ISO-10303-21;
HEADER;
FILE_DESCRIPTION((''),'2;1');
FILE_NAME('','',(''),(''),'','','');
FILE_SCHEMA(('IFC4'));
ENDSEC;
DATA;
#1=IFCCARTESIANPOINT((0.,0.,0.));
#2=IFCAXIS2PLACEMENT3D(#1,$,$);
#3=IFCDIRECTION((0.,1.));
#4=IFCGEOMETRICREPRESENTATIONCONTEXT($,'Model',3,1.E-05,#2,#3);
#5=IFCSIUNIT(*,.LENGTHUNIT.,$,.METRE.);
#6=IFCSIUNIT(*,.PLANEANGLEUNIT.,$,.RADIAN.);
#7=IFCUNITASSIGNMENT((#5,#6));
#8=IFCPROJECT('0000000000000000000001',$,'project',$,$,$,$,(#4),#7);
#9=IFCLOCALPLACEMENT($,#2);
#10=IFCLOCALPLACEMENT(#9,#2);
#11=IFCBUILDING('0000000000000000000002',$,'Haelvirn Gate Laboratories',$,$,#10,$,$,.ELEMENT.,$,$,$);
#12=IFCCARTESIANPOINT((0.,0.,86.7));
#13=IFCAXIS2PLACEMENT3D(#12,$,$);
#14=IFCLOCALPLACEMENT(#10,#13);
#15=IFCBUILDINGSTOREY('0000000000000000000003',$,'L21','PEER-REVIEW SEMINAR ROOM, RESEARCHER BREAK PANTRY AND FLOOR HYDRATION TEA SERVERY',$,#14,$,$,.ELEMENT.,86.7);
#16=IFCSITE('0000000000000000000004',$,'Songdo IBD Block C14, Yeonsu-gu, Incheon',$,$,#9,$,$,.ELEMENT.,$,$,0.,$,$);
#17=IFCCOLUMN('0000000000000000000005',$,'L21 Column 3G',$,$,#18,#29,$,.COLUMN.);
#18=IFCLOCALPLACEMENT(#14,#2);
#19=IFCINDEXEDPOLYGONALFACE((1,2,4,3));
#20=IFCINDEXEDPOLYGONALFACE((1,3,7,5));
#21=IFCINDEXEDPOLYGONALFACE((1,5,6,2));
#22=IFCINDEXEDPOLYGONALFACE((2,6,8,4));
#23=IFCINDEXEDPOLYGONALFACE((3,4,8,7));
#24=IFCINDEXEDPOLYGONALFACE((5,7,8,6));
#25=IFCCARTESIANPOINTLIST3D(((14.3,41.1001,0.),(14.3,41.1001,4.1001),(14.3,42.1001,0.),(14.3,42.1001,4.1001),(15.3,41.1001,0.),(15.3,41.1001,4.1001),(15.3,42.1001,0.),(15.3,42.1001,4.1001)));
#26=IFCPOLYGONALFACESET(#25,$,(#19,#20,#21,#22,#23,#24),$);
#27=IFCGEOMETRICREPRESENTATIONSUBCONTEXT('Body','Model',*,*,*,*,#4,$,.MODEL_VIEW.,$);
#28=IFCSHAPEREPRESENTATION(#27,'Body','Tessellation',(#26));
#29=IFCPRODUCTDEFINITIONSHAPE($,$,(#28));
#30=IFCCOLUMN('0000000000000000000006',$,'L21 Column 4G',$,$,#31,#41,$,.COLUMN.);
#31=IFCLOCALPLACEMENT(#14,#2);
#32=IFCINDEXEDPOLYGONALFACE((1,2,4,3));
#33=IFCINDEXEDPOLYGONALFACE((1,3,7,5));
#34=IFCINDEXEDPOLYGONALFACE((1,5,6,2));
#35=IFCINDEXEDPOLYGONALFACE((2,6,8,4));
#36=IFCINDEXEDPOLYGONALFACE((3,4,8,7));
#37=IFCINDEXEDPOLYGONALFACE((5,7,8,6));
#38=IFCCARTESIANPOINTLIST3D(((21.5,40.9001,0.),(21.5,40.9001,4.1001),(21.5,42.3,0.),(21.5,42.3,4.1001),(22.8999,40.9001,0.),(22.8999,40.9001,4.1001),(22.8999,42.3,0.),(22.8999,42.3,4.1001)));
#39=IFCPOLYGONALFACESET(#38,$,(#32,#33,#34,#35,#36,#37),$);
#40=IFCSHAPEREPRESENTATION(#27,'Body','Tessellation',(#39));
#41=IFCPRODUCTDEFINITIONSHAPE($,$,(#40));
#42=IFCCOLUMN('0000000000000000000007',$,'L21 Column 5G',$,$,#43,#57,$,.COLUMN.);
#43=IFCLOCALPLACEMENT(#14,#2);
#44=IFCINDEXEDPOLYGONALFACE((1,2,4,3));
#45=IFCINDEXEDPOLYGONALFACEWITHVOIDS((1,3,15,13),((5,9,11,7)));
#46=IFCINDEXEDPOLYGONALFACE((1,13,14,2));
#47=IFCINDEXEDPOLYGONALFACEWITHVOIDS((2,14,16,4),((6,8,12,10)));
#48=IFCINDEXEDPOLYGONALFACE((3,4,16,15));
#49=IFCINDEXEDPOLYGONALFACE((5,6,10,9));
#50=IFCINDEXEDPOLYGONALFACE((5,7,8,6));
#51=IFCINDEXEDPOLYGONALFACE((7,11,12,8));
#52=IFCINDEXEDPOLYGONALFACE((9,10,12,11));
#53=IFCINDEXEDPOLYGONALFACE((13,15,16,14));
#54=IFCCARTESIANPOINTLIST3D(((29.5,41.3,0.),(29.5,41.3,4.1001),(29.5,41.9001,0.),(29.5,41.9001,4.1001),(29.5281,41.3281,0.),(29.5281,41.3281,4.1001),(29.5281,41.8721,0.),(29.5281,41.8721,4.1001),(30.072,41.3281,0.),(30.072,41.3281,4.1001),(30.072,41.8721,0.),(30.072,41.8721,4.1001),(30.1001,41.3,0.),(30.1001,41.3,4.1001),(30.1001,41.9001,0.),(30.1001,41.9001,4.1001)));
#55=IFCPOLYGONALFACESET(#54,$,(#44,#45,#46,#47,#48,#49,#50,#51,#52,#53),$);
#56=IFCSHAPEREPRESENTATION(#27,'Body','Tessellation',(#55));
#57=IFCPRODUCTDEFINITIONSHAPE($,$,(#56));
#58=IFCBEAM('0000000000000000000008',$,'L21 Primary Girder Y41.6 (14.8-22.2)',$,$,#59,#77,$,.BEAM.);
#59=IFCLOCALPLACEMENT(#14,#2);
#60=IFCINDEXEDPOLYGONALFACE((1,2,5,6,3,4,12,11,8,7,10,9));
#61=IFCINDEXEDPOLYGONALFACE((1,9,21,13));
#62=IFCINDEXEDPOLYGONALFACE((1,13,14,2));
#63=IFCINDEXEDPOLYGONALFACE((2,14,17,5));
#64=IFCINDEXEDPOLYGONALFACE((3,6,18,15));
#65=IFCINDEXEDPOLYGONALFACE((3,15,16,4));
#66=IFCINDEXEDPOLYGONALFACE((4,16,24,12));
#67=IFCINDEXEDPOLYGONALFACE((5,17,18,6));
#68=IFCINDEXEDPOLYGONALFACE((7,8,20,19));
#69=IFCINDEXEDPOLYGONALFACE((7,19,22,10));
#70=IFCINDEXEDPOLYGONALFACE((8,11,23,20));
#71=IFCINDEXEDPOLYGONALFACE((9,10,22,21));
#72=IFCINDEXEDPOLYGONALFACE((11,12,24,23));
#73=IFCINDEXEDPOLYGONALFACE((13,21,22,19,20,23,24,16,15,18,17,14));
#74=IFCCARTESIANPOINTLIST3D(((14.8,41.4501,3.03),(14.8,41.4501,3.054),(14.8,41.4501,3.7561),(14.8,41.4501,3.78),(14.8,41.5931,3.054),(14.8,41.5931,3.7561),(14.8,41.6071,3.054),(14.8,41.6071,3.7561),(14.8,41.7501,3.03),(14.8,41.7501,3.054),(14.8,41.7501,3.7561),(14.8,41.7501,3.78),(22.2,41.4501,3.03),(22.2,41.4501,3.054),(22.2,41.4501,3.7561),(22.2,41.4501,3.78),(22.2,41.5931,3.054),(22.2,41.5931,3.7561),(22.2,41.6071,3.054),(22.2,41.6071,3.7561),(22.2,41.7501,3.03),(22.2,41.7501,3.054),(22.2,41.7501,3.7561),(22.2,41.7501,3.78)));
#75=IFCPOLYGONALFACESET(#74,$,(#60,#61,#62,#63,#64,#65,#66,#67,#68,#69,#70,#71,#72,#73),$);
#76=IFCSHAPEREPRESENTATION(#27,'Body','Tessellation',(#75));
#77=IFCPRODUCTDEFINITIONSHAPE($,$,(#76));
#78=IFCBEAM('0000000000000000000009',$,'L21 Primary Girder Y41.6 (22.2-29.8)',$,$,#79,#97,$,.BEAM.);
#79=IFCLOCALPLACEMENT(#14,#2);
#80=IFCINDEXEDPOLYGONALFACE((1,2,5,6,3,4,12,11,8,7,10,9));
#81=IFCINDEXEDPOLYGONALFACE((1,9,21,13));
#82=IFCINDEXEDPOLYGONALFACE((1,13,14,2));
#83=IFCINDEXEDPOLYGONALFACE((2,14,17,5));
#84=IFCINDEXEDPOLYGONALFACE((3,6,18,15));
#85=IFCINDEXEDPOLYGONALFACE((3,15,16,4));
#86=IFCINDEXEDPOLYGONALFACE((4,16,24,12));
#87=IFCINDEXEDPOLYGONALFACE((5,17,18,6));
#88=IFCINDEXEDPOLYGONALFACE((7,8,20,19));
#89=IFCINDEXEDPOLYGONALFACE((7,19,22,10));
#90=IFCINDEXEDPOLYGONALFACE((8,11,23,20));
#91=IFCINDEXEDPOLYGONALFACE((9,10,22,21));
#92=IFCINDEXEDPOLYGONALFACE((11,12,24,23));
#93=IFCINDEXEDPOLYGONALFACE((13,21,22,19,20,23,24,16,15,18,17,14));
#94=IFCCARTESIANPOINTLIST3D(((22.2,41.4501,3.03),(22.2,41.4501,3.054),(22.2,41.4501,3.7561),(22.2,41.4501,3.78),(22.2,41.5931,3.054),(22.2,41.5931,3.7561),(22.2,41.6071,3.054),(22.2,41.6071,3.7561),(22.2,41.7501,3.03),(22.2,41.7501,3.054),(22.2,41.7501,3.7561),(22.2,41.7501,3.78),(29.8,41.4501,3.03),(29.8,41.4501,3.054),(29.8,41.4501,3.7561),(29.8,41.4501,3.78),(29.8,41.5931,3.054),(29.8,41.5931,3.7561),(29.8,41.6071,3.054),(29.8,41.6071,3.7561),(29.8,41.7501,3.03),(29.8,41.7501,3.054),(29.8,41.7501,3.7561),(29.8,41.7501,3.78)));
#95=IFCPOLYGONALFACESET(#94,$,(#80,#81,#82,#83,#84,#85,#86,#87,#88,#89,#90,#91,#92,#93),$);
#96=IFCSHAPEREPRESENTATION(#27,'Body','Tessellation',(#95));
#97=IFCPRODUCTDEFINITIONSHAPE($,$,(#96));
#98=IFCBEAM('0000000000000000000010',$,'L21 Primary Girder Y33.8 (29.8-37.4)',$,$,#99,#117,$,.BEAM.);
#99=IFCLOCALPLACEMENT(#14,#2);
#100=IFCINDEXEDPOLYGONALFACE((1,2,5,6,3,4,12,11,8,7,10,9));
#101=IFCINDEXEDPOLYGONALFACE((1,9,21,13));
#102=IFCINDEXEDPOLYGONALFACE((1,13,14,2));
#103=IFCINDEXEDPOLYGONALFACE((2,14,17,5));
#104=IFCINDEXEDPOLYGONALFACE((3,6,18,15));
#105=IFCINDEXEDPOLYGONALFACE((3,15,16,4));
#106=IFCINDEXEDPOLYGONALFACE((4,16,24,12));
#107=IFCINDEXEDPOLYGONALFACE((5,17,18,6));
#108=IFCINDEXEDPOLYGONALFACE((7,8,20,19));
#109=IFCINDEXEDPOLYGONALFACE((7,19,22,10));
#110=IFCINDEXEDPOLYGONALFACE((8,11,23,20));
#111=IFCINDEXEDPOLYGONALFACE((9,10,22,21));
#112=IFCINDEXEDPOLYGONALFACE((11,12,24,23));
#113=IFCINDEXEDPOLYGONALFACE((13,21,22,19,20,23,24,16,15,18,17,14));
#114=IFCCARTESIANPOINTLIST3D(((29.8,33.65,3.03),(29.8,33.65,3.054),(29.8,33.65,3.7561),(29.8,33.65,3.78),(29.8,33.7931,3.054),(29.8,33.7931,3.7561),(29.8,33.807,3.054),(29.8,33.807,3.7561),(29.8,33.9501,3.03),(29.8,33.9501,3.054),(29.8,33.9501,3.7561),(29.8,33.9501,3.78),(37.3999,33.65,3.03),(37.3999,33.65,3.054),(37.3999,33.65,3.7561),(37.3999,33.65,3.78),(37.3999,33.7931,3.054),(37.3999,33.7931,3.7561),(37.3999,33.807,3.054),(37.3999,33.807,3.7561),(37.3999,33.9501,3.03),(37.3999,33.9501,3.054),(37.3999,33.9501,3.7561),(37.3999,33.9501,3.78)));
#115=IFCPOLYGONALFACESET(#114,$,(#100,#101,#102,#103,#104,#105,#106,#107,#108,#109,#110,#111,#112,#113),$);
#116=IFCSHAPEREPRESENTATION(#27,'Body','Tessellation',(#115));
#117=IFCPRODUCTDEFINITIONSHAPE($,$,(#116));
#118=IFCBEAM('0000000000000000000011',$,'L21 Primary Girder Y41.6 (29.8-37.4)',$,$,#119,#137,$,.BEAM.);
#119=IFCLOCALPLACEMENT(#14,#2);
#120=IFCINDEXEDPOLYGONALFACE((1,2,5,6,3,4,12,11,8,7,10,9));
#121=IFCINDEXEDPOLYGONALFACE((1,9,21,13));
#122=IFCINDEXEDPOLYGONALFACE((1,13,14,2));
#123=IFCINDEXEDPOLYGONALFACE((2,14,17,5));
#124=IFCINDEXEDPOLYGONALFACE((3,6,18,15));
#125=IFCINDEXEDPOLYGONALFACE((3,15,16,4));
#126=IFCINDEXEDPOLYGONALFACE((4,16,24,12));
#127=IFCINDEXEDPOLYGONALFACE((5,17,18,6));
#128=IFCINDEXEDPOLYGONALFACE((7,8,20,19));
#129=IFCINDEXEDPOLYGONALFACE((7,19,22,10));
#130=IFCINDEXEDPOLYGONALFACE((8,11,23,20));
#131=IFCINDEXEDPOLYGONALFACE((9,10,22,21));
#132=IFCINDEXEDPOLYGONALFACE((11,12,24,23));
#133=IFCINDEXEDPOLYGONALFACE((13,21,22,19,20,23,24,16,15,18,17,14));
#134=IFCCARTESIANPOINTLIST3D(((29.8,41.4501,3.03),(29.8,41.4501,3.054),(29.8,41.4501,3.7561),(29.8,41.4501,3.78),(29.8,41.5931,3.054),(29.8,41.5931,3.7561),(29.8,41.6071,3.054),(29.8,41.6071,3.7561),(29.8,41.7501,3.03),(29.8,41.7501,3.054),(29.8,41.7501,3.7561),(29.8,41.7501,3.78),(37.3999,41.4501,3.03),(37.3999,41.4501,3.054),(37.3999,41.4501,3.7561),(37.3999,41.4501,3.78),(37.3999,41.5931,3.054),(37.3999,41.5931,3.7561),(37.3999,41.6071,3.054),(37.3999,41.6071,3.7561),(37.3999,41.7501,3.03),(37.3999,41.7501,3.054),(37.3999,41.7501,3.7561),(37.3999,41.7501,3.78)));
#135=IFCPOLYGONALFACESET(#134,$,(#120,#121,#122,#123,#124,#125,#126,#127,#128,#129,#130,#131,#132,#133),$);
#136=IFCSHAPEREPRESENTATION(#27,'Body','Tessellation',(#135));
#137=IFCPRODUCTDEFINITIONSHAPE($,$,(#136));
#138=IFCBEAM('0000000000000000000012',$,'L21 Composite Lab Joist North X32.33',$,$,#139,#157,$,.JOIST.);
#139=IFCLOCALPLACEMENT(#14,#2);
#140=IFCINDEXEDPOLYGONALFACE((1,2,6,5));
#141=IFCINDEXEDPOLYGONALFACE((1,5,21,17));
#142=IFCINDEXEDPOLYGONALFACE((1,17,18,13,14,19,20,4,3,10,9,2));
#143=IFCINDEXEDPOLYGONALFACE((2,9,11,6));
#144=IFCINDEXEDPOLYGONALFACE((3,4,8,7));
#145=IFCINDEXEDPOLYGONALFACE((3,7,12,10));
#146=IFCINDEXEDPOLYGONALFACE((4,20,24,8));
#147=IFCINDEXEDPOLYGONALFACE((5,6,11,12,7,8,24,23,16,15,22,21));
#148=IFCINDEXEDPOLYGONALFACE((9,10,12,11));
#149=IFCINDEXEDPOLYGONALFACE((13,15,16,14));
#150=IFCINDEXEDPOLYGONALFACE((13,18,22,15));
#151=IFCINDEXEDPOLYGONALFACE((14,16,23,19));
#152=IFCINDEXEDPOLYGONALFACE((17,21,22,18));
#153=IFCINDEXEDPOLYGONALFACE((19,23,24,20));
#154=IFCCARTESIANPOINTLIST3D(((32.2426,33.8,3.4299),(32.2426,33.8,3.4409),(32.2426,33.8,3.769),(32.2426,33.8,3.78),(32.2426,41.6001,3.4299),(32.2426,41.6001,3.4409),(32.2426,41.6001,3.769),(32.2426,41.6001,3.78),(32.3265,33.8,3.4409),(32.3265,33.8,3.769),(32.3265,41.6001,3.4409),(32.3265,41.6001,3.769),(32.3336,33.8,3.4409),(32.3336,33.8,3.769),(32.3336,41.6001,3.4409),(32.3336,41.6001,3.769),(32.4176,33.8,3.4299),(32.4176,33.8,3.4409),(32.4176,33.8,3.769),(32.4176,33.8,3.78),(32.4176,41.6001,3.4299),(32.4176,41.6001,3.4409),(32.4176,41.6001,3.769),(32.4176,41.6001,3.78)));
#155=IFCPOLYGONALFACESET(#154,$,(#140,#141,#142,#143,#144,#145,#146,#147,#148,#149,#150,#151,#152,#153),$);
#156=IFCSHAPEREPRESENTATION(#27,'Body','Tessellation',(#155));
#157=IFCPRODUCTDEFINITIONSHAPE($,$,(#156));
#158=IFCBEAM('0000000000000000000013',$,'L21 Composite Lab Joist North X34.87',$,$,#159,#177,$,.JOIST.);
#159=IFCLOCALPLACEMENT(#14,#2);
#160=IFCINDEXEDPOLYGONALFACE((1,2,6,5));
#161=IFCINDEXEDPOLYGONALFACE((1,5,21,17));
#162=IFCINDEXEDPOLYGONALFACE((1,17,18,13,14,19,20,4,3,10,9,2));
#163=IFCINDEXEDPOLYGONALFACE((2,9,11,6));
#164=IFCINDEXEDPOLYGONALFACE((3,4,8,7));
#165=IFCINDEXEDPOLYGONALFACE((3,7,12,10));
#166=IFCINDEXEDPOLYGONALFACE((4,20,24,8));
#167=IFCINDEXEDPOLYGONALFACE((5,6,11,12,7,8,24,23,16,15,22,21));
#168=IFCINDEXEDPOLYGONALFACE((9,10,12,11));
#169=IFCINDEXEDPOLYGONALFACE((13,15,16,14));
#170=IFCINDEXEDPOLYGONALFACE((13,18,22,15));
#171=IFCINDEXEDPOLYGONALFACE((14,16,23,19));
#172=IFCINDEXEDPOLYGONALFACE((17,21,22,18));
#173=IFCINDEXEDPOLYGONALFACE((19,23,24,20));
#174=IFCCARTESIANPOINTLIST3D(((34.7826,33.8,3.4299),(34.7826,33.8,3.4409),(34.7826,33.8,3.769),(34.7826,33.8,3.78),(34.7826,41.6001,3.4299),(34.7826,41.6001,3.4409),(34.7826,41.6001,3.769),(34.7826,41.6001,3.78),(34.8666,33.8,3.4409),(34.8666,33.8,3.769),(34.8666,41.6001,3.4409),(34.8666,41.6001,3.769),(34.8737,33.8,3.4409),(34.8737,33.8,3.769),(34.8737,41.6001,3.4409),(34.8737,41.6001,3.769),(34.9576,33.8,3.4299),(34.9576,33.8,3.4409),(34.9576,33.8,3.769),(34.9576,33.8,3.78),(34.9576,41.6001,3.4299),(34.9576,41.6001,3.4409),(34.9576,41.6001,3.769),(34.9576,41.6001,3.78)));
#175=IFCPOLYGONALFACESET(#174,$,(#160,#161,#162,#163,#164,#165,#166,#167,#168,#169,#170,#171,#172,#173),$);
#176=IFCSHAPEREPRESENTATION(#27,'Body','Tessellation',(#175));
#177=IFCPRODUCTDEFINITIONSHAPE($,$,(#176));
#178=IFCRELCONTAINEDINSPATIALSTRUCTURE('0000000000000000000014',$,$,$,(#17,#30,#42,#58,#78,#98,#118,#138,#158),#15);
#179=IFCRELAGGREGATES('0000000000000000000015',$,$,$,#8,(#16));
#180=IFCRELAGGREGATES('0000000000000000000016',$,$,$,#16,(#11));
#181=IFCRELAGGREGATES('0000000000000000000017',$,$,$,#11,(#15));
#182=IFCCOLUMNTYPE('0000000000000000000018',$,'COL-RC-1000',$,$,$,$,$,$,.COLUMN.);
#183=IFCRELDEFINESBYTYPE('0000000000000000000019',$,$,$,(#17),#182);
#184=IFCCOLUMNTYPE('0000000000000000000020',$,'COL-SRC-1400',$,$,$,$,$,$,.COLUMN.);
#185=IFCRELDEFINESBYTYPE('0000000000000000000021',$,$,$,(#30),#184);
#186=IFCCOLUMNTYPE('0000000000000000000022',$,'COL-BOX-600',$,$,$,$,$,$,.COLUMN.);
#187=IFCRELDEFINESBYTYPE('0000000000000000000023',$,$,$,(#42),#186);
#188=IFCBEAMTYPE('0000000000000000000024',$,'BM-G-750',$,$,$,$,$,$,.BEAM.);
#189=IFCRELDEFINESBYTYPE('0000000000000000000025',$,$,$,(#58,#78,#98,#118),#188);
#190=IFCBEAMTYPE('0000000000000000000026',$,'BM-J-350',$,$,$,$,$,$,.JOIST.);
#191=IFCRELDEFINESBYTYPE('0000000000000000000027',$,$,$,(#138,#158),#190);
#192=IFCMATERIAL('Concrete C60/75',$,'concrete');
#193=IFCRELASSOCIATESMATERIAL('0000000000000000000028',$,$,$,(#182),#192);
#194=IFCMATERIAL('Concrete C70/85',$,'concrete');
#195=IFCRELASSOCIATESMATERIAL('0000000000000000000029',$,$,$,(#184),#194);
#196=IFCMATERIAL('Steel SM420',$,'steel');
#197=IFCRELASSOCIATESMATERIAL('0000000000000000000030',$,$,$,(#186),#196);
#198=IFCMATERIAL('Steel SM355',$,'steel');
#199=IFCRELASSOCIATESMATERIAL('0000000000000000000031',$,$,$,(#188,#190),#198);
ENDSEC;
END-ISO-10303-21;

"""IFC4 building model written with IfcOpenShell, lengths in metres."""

from ifc_helpers import new_model, si_unit, direction, frame, origin, origin_2d, place, context, subcontext, project, spatial, rectangle, hollow_rectangle, i_section, extrude, source, transform, mapped, material, material_profile, profile_set, type_object, type_shapes, element, save


model = new_model("IFC4")

# Units and contexts
model_context = context("Model", 3, precision=1e-05, world=origin(), true_north=direction((0.0, 1.0)))
body_context = subcontext(model_context, "Body", "Model", "MODEL_VIEW")
ifc_project = project(units=[si_unit("LENGTHUNIT", "METRE"), si_unit("PLANEANGLEUNIT", "RADIAN")], contexts=[model_context])

# Site, building, storey
site_placement = place(None, origin())
site = spatial("IfcSite", under=ifc_project, at=site_placement, Name="Songdo IBD Block C14, Yeonsu-gu, Incheon", CompositionType="ELEMENT", RefElevation=0.0)
building_placement = place(site_placement, origin())
building = spatial("IfcBuilding", under=site, at=building_placement, Name="Haelvirn Gate Laboratories", CompositionType="ELEMENT")
storey_placement = place(building_placement, frame((0.0, 0.0, 86.7)))
storey = spatial("IfcBuildingStorey", under=building, at=storey_placement, Name="L21", Description="PEER-REVIEW SEMINAR ROOM, RESEARCHER BREAK PANTRY AND FLOOR HYDRATION TEA SERVERY", CompositionType="ELEMENT", Elevation=86.7)

# Columns
ifc_material_1 = material(Name="Concrete C60/75", Category="concrete")
ifc_material_profile_1 = material_profile(ifc_material_1, rectangle(XDim=1.0, YDim=1.0, at=origin_2d()), Name="RC-1000x1000")
ifc_profile_set_1 = profile_set([ifc_material_profile_1], Name="Concrete C60/75")
column_type_1 = type_object("IfcColumnType", Name="COL-RC-1000", PredefinedType="COLUMN", material=ifc_profile_set_1)
shared_shape_1 = source(origin(), body_context, "Body", "SweptSolid", [
    extrude(rectangle(XDim=1.0, YDim=1.0, at=origin_2d()), origin(), (0.0, 0.0, 1.0), 4.1001),
])
type_shapes(column_type_1, [shared_shape_1])
column_1_placement = place(storey_placement, frame((14.8, 41.6001, 0.0), z_axis=(0.0, 0.0, 1.0), x_axis=(1.0, 0.0, 0.0)))
element("IfcColumn", 1, at=column_1_placement, inside=storey, type_object=column_type_1, Name="L21 Column 3G", PredefinedType="COLUMN", context=body_context, shape_type="MappedRepresentation", body=[
    mapped(shared_shape_1, transform((0.0, 0.0, 0.0), scale=1.0)),
])
ifc_material_2 = material(Name="Concrete C70/85", Category="concrete")
ifc_material_profile_2 = material_profile(ifc_material_2, rectangle(XDim=1.3999, YDim=1.3999, at=origin_2d()), Name="SRC-1400x1400")
ifc_profile_set_2 = profile_set([ifc_material_profile_2], Name="Concrete C70/85")
column_type_2 = type_object("IfcColumnType", Name="COL-SRC-1400", PredefinedType="COLUMN", material=ifc_profile_set_2)
shared_shape_2 = source(origin(), body_context, "Body", "SweptSolid", [
    extrude(rectangle(XDim=1.3999, YDim=1.3999, at=origin_2d()), origin(), (0.0, 0.0, 1.0), 4.1001),
])
type_shapes(column_type_2, [shared_shape_2])
column_2_placement = place(storey_placement, frame((22.2, 41.6001, 0.0), z_axis=(0.0, 0.0, 1.0), x_axis=(1.0, 0.0, 0.0)))
element("IfcColumn", 2, at=column_2_placement, inside=storey, type_object=column_type_2, Name="L21 Column 4G", PredefinedType="COLUMN", context=body_context, shape_type="MappedRepresentation", body=[
    mapped(shared_shape_2, transform((0.0, 0.0, 0.0), scale=1.0)),
])
ifc_material_3 = material(Name="Steel SM420", Category="steel")
ifc_material_profile_3 = material_profile(ifc_material_3, hollow_rectangle(XDim=0.6001, YDim=0.6001, WallThickness=0.0281, at=origin_2d()), Name="BOX-600x600x28")
ifc_profile_set_3 = profile_set([ifc_material_profile_3], Name="Steel SM420")
column_type_3 = type_object("IfcColumnType", Name="COL-BOX-600", PredefinedType="COLUMN", material=ifc_profile_set_3)
shared_shape_3 = source(origin(), body_context, "Body", "SweptSolid", [
    extrude(hollow_rectangle(XDim=0.6001, YDim=0.6001, WallThickness=0.0281, at=origin_2d()), origin(), (0.0, 0.0, 1.0), 4.1001),
])
type_shapes(column_type_3, [shared_shape_3])
column_3_placement = place(storey_placement, frame((29.8, 41.6001, 0.0), z_axis=(0.0, 0.0, 1.0), x_axis=(1.0, 0.0, 0.0)))
element("IfcColumn", 3, at=column_3_placement, inside=storey, type_object=column_type_3, Name="L21 Column 5G", PredefinedType="COLUMN", context=body_context, shape_type="MappedRepresentation", body=[
    mapped(shared_shape_3, transform((0.0, 0.0, 0.0), scale=1.0)),
])

# Beams
ifc_material_4 = material(Name="Steel SM355", Category="steel")
ifc_material_profile_4 = material_profile(ifc_material_4, i_section(OverallWidth=0.3, OverallDepth=0.75, WebThickness=0.0139, FlangeThickness=0.0239, at=origin_2d()), Name="H-750x300x14x24")
ifc_profile_set_4 = profile_set([ifc_material_profile_4], Name="Steel SM355")
beam_type_1 = type_object("IfcBeamType", Name="BM-G-750", PredefinedType="BEAM", material=ifc_profile_set_4)
shared_shape_4 = source(origin(), body_context, "Body", "SweptSolid", [
    extrude(i_section(OverallWidth=0.3, OverallDepth=0.75, WebThickness=0.0139, FlangeThickness=0.0239, at=origin_2d()), origin(), (0.0, 0.0, 1.0), 7.3999),
])
beam_1_placement = place(storey_placement, frame((14.8, 41.6001, 3.405), z_axis=(1.0, 0.0, 0.0), x_axis=(0.0, 1.0, 0.0)))
element("IfcBeam", 4, at=beam_1_placement, inside=storey, type_object=beam_type_1, Name="L21 Primary Girder Y41.6 (14.8-22.2)", PredefinedType="BEAM", context=body_context, shape_type="MappedRepresentation", body=[
    mapped(shared_shape_4, transform((0.0, 0.0, 0.0), scale=1.0)),
])
shared_shape_5 = source(origin(), body_context, "Body", "SweptSolid", [
    extrude(i_section(OverallWidth=0.3, OverallDepth=0.75, WebThickness=0.0139, FlangeThickness=0.0239, at=origin_2d()), origin(), (0.0, 0.0, 1.0), 7.6001),
])
beam_2_placement = place(storey_placement, frame((22.2, 41.6001, 3.405), z_axis=(1.0, 0.0, 0.0), x_axis=(0.0, 1.0, 0.0)))
element("IfcBeam", 5, at=beam_2_placement, inside=storey, type_object=beam_type_1, Name="L21 Primary Girder Y41.6 (22.2-29.8)", PredefinedType="BEAM", context=body_context, shape_type="MappedRepresentation", body=[
    mapped(shared_shape_5, transform((0.0, 0.0, 0.0), scale=1.0)),
])
shared_shape_6 = source(origin(), body_context, "Body", "SweptSolid", [
    extrude(i_section(OverallWidth=0.3, OverallDepth=0.75, WebThickness=0.0139, FlangeThickness=0.0239, at=origin_2d()), origin(), (0.0, 0.0, 1.0), 7.5999),
])
type_shapes(beam_type_1, [shared_shape_4, shared_shape_5, shared_shape_6])
for number, where, z_axis, x_axis, name in (
    (6, (29.8, 33.8, 3.405), (1.0, 0.0, 0.0), (0.0, 1.0, 0.0), "L21 Primary Girder Y33.8 (29.8-37.4)"),
    (7, (29.8, 41.6001, 3.405), (1.0, 0.0, 0.0), (0.0, 1.0, 0.0), "L21 Primary Girder Y41.6 (29.8-37.4)"),
):
    element("IfcBeam", number, at=place(storey_placement, frame(where, z_axis=z_axis, x_axis=x_axis)), inside=storey, type_object=beam_type_1, Name=name, PredefinedType="BEAM", context=body_context, shape_type="MappedRepresentation", body=[
        mapped(shared_shape_6, transform((0.0, 0.0, 0.0), scale=1.0)),
    ])
ifc_material_profile_5 = material_profile(ifc_material_4, i_section(OverallWidth=0.175, OverallDepth=0.3501, WebThickness=0.0071, FlangeThickness=0.011, at=origin_2d()), Name="H-350x175x7x11")
ifc_profile_set_5 = profile_set([ifc_material_profile_5], Name="Steel SM355")
beam_type_2 = type_object("IfcBeamType", Name="BM-J-350", PredefinedType="JOIST", material=ifc_profile_set_5)
shared_shape_7 = source(origin(), body_context, "Body", "SweptSolid", [
    extrude(i_section(OverallWidth=0.175, OverallDepth=0.3501, WebThickness=0.0071, FlangeThickness=0.011, at=origin_2d()), origin(), (0.0, 0.0, 1.0), 7.8),
])
type_shapes(beam_type_2, [shared_shape_7])
for number, where, z_axis, x_axis, name in (
    (8, (32.3301, 33.8, 3.605), (0.0, 1.0, 0.0), (-1.0, 0.0, 0.0), "L21 Composite Lab Joist North X32.33"),
    (9, (34.8701, 33.8, 3.605), (0.0, 1.0, 0.0), (-1.0, 0.0, 0.0), "L21 Composite Lab Joist North X34.87"),
):
    element("IfcBeam", number, at=place(storey_placement, frame(where, z_axis=z_axis, x_axis=x_axis)), inside=storey, type_object=beam_type_2, Name=name, PredefinedType="JOIST", context=body_context, shape_type="MappedRepresentation", body=[
        mapped(shared_shape_7, transform((0.0, 0.0, 0.0), scale=1.0)),
    ])

save(model, "model.ifc")
